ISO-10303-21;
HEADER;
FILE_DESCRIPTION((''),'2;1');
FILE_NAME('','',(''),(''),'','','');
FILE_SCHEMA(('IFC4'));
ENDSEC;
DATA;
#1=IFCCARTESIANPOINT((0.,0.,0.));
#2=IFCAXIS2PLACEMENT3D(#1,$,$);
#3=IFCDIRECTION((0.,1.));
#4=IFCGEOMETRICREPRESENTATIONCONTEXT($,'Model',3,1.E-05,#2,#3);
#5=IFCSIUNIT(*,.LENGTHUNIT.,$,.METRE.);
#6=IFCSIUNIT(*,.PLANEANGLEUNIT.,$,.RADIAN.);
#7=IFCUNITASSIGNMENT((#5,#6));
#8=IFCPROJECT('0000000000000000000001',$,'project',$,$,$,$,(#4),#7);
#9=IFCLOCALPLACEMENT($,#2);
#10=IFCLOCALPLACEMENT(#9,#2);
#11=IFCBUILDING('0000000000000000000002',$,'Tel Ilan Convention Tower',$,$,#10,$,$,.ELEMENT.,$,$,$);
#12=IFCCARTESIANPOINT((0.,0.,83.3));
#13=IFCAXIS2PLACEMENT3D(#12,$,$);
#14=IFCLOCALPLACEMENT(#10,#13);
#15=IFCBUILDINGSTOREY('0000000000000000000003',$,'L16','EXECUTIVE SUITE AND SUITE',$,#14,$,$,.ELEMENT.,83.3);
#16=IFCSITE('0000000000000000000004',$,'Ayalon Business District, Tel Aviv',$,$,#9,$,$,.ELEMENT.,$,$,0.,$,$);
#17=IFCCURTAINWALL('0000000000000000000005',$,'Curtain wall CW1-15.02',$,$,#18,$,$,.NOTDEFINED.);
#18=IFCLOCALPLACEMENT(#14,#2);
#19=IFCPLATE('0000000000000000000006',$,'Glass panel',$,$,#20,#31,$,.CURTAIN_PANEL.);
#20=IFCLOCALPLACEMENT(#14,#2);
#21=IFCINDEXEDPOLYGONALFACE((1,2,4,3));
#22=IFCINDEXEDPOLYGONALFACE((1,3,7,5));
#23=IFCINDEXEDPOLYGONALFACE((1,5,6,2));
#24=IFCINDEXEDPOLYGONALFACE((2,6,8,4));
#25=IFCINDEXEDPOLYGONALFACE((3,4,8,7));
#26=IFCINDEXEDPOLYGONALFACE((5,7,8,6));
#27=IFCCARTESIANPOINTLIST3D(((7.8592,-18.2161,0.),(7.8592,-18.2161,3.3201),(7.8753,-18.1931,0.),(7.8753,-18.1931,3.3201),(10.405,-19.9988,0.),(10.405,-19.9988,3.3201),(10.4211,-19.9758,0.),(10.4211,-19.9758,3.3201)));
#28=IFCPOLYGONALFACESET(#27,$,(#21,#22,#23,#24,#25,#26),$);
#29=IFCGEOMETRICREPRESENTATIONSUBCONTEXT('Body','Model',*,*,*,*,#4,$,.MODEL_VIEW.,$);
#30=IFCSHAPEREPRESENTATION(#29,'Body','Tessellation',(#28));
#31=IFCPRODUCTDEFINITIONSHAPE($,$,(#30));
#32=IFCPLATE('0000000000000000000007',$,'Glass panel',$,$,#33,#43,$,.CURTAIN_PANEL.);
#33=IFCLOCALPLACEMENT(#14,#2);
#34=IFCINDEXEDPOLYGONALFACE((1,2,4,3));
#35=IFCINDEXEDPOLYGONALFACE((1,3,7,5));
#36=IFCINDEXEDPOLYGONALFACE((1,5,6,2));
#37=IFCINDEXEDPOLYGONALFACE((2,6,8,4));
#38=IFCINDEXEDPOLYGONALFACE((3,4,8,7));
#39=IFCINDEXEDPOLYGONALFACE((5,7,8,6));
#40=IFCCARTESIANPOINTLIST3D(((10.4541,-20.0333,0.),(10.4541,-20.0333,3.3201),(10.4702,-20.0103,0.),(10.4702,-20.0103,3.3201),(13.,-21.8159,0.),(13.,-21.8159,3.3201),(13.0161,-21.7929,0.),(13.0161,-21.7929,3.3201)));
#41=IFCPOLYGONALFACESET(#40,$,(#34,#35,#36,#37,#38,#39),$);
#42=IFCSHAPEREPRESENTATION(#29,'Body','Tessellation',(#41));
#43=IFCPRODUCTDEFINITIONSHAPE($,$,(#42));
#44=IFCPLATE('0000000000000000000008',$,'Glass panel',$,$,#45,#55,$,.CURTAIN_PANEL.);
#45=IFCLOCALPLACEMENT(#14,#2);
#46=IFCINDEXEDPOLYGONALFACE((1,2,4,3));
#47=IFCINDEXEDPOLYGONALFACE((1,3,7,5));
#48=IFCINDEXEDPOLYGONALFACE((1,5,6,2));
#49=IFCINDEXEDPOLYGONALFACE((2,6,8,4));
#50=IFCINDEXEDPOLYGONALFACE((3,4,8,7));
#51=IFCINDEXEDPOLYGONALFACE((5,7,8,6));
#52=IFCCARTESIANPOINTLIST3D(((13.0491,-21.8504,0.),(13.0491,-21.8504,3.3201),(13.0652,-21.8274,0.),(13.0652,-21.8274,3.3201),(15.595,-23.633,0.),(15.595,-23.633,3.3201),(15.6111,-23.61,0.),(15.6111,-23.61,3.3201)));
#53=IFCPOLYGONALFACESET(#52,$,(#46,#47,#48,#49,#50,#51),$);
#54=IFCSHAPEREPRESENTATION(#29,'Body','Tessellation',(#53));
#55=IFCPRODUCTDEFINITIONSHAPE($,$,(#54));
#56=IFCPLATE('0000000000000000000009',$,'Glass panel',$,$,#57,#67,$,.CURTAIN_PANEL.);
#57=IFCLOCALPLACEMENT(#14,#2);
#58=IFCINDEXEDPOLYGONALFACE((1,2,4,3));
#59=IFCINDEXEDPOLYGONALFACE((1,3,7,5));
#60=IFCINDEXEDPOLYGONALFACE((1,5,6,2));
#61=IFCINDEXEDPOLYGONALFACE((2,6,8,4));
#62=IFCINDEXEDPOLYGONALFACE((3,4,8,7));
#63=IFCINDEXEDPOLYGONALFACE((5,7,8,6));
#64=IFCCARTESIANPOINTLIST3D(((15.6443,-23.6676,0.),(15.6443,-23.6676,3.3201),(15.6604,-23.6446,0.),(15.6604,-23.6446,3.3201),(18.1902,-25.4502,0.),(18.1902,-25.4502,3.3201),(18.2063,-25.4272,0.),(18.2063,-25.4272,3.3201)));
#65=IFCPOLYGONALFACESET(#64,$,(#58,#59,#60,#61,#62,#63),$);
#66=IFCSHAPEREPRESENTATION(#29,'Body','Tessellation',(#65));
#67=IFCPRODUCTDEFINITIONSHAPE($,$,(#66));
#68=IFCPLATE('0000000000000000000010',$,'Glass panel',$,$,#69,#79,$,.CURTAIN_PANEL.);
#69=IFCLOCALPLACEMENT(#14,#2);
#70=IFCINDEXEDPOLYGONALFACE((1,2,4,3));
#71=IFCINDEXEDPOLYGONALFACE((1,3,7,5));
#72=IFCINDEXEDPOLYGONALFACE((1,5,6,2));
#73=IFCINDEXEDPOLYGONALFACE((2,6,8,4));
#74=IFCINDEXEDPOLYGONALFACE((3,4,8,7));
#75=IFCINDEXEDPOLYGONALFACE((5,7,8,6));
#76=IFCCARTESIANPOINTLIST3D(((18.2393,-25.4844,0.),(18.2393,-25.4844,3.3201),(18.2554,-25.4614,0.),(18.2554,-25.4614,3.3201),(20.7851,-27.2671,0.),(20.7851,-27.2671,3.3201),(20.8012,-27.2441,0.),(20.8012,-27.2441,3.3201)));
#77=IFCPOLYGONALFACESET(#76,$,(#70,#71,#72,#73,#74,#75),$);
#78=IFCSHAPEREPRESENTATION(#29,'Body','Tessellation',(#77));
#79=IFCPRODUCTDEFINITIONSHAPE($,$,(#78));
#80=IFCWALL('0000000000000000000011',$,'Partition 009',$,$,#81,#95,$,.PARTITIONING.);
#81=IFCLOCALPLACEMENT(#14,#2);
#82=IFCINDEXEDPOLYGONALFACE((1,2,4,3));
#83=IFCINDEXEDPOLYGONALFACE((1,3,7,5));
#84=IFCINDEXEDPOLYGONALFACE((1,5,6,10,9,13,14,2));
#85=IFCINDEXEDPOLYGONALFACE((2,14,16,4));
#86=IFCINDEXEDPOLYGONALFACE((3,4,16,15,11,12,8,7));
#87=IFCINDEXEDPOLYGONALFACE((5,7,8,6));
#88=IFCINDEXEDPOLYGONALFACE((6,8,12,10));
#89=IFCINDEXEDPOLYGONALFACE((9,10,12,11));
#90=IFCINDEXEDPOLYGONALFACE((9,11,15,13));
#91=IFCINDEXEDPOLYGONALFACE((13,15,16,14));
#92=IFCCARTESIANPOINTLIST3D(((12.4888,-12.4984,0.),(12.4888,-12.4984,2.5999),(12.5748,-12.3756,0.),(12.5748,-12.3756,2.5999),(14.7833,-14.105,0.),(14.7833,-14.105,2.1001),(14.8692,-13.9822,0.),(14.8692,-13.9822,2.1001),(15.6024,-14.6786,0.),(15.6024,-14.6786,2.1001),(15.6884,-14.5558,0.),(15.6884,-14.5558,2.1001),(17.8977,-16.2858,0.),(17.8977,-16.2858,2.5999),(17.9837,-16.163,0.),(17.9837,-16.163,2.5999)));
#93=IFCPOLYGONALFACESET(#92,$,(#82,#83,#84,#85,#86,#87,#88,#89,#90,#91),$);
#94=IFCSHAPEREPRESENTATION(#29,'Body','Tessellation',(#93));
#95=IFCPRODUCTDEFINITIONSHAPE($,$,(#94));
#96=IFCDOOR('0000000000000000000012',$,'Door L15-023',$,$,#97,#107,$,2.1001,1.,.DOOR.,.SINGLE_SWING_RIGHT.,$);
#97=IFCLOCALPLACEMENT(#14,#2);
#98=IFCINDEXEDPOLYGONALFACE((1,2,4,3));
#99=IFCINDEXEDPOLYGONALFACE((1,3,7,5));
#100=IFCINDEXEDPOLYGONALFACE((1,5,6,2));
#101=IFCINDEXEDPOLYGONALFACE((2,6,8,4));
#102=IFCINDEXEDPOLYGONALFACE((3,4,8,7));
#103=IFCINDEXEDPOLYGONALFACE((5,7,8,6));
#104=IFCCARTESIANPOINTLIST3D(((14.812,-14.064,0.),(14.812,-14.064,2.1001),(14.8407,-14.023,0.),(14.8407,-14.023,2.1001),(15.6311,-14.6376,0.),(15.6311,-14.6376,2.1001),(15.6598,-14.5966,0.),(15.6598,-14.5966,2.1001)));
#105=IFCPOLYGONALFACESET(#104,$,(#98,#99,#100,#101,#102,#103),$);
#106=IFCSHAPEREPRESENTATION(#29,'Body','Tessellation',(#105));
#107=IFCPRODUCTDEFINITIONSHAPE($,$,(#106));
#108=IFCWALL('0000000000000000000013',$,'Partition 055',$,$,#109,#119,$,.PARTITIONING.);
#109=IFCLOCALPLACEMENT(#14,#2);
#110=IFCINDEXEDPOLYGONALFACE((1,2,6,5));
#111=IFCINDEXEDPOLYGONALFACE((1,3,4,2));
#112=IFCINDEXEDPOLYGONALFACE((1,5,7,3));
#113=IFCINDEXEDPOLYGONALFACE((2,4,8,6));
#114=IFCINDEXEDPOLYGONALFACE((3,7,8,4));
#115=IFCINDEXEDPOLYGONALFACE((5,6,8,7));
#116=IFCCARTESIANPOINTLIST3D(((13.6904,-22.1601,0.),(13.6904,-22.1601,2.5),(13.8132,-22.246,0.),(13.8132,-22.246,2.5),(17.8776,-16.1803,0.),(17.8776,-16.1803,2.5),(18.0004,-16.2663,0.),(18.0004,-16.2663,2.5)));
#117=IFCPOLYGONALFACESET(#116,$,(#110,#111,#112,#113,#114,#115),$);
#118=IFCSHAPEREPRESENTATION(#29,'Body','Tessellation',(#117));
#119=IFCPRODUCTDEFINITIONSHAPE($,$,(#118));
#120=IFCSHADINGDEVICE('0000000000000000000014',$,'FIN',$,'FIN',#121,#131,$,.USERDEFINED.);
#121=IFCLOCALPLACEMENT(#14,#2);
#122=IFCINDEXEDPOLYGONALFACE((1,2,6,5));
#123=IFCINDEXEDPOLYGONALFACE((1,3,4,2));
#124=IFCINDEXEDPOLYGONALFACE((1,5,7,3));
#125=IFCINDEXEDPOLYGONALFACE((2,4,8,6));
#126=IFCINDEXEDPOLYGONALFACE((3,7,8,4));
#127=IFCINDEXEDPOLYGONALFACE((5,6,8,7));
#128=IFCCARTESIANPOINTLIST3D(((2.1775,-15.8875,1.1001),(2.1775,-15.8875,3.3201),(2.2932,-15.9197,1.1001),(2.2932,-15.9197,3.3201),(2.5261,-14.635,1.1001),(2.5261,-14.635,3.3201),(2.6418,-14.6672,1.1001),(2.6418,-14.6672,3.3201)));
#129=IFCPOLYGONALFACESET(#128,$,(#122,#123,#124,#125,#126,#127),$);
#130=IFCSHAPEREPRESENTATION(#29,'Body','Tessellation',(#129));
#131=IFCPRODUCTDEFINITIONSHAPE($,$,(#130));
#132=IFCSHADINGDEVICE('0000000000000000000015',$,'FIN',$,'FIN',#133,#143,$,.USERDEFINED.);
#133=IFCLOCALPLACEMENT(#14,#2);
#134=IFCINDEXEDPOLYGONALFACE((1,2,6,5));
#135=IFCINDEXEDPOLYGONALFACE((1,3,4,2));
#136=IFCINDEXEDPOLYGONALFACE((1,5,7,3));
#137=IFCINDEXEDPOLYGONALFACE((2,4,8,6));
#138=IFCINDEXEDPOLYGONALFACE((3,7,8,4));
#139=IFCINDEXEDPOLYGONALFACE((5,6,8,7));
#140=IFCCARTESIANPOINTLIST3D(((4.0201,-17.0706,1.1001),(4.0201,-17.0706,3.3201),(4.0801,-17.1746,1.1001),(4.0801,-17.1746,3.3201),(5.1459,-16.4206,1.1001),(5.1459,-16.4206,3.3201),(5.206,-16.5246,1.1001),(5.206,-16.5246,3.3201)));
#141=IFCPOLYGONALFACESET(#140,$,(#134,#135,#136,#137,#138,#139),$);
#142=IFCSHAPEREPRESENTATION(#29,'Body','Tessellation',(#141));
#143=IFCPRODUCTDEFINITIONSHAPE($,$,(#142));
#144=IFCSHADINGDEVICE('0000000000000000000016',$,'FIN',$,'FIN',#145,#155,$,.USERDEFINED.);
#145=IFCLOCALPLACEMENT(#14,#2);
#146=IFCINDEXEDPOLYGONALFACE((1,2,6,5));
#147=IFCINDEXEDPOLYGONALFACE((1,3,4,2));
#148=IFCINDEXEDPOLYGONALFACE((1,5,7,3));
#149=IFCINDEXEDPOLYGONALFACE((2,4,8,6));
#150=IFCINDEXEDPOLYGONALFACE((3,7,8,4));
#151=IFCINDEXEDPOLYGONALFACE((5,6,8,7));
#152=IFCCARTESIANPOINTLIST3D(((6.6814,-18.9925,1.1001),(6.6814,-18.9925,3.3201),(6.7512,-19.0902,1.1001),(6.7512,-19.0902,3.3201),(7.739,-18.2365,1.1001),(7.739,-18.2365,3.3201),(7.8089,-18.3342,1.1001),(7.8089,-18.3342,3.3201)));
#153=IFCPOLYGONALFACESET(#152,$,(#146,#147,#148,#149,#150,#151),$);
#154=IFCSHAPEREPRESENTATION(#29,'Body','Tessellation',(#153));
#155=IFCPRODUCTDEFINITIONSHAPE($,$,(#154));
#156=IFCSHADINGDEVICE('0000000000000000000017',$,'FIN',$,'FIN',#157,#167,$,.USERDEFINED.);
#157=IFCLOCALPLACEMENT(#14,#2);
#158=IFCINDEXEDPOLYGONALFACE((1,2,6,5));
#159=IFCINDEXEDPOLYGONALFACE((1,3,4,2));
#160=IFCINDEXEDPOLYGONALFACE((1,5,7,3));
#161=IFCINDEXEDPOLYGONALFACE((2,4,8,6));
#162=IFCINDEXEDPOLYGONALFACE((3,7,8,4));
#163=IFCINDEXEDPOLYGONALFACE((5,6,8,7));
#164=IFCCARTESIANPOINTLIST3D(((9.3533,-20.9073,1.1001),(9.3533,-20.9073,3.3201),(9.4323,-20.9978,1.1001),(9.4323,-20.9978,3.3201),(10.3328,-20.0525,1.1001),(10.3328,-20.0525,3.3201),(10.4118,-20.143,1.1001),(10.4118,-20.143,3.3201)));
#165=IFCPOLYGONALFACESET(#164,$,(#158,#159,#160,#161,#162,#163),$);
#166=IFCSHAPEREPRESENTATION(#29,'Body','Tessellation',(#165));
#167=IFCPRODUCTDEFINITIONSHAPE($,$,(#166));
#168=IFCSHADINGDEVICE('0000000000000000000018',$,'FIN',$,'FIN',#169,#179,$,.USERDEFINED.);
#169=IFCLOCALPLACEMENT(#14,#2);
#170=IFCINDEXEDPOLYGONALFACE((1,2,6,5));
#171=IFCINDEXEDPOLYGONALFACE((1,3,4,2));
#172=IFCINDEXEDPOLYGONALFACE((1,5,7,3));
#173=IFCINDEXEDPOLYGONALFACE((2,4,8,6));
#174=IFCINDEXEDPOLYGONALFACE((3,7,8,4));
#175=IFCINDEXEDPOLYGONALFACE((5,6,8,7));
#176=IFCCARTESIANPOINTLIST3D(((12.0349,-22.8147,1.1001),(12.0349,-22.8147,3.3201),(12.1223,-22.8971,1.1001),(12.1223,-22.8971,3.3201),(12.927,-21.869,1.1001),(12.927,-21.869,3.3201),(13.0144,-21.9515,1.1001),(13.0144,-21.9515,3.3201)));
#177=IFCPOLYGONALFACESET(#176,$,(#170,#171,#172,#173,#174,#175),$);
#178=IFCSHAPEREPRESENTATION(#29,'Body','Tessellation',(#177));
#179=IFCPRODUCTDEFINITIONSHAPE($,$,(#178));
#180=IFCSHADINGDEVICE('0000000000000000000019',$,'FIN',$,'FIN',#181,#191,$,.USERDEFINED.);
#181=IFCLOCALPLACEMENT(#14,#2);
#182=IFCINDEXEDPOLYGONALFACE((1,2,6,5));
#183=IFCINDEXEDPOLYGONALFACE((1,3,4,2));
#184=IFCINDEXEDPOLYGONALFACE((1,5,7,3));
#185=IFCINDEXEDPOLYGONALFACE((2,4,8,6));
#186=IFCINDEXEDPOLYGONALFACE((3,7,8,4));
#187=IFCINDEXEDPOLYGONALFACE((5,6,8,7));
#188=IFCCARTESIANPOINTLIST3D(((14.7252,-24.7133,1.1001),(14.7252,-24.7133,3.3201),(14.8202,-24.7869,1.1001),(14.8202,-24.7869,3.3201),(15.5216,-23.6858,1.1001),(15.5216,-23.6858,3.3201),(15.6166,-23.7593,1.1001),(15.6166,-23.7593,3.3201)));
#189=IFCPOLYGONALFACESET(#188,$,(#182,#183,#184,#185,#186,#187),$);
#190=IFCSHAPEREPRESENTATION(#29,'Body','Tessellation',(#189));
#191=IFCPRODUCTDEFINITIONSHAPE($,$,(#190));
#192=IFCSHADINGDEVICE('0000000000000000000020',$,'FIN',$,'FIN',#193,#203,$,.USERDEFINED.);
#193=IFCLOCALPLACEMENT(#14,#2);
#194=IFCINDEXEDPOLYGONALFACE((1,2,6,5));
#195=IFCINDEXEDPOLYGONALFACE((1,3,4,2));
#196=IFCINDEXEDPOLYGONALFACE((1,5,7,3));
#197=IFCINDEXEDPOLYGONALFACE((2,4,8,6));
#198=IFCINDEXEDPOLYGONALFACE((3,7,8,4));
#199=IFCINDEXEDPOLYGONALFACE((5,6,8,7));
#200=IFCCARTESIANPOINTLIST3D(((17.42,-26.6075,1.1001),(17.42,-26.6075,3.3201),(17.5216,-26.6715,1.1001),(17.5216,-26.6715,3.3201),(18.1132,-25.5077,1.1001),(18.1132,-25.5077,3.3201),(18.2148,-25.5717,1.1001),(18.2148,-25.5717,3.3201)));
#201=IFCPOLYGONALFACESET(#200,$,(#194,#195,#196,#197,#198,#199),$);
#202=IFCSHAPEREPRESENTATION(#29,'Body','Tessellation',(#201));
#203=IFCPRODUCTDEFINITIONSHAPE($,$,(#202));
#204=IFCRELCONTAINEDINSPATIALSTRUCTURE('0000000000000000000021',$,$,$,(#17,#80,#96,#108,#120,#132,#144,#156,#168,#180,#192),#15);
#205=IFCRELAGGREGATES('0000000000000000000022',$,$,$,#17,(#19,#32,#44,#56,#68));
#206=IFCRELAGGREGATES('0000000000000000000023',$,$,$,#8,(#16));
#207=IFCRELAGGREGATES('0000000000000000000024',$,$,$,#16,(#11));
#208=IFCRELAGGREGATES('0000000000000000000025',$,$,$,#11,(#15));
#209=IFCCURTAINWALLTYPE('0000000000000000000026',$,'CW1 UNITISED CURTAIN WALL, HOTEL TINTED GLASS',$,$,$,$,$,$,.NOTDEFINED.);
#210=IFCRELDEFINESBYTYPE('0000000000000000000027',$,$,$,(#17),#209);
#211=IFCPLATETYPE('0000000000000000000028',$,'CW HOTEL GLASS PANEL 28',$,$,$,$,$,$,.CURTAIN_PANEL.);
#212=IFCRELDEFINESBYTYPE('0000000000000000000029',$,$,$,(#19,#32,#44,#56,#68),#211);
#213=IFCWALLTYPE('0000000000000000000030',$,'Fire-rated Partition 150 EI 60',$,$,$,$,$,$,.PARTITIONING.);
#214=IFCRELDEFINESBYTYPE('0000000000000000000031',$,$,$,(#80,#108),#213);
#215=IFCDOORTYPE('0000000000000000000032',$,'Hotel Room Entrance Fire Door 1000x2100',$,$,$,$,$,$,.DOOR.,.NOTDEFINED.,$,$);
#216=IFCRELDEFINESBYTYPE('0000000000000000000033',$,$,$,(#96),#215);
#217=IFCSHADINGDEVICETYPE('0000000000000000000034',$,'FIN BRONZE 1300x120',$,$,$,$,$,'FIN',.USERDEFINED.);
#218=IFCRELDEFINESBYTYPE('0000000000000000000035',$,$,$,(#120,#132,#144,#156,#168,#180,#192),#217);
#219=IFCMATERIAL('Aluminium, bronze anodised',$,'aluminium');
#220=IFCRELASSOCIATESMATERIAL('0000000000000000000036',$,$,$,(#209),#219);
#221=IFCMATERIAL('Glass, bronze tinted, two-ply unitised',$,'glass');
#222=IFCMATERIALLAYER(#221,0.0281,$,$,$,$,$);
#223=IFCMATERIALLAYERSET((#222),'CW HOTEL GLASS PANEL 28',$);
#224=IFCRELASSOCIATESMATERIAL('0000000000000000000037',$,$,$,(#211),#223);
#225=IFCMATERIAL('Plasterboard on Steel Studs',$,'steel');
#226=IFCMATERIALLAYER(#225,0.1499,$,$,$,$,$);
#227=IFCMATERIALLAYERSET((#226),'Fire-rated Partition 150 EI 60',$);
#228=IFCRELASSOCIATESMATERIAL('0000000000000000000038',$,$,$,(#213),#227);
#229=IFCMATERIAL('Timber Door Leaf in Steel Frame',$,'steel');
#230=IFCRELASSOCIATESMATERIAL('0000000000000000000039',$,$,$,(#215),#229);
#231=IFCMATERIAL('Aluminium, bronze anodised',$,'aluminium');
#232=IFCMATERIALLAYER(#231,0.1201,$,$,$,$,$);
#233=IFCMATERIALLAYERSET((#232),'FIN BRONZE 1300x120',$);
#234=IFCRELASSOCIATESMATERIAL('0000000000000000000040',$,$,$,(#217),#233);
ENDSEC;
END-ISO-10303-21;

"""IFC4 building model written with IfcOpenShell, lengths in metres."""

from ifc_helpers import new_model, si_unit, direction, frame, frame_2d, origin, origin_2d, place, context, subcontext, project, spatial, rectangle, extrude, material, layer, layer_set, type_object, element, fill, aggregate, save


model = new_model("IFC4")

# Units and contexts
model_context = context("Model", 3, precision=1e-05, world=origin(), true_north=direction((0.0, 1.0)))
body_context = subcontext(model_context, "Body", "Model", "MODEL_VIEW")
ifc_project = project(units=[si_unit("LENGTHUNIT", "METRE"), si_unit("PLANEANGLEUNIT", "RADIAN")], contexts=[model_context])

# Site, building, storey
site_placement = place(None, origin())
site = spatial("IfcSite", under=ifc_project, at=site_placement, Name="Ayalon Business District, Tel Aviv", CompositionType="ELEMENT", RefElevation=0.0)
building_placement = place(site_placement, origin())
building = spatial("IfcBuilding", under=site, at=building_placement, Name="Tel Ilan Convention Tower", CompositionType="ELEMENT")
storey_placement = place(building_placement, frame((0.0, 0.0, 83.3)))
storey = spatial("IfcBuildingStorey", under=building, at=storey_placement, Name="L16", Description="EXECUTIVE SUITE AND SUITE", CompositionType="ELEMENT", Elevation=83.3)

# Curtain wall, plates
ifc_material_1 = material(Name="Aluminium, bronze anodised", Category="aluminium")
curtain_wall_type = type_object("IfcCurtainWallType", Name="CW1 UNITISED CURTAIN WALL, HOTEL TINTED GLASS", PredefinedType="NOTDEFINED", material=ifc_material_1)
curtain_wall_placement = place(storey_placement, origin())
curtain_wall = element("IfcCurtainWall", 1, at=curtain_wall_placement, inside=storey, type_object=curtain_wall_type, Name="Curtain wall CW1-15.02", PredefinedType="NOTDEFINED")
ifc_material_2 = material(Name="Glass, bronze tinted, two-ply unitised", Category="glass")
ifc_layer_1 = layer(ifc_material_2, 0.0281)
ifc_layer_set_1 = layer_set([ifc_layer_1], Name="CW HOTEL GLASS PANEL 28")
plate_type = type_object("IfcPlateType", Name="CW HOTEL GLASS PANEL 28", PredefinedType="CURTAIN_PANEL", material=ifc_layer_set_1)
plate_1_placement = place(storey_placement, frame((9.1401, -19.0959, 0.0), z_axis=(0.0, 0.0, 1.0), x_axis=(0.819152, -0.573576, 0.0)))
plate_1 = element("IfcPlate", 2, at=plate_1_placement, type_object=plate_type, Name="Glass panel", PredefinedType="CURTAIN_PANEL", context=body_context, shape_type="SweptSolid", body=[
    extrude(rectangle(XDim=3.1079, YDim=0.0281, at=origin_2d()), origin(), (0.0, 0.0, 1.0), 3.3201),
])
plate_2_placement = place(storey_placement, frame((11.7351, -20.9131, 0.0), z_axis=(0.0, 0.0, 1.0), x_axis=(0.819152, -0.573576, 0.0)))
plate_2 = element("IfcPlate", 3, at=plate_2_placement, type_object=plate_type, Name="Glass panel", PredefinedType="CURTAIN_PANEL", context=body_context, shape_type="SweptSolid", body=[
    extrude(rectangle(XDim=3.1079, YDim=0.0281, at=origin_2d()), origin(), (0.0, 0.0, 1.0), 3.3201),
])
plate_3_placement = place(storey_placement, frame((14.3301, -22.7302, 0.0), z_axis=(0.0, 0.0, 1.0), x_axis=(0.819152, -0.573576, 0.0)))
plate_3 = element("IfcPlate", 4, at=plate_3_placement, type_object=plate_type, Name="Glass panel", PredefinedType="CURTAIN_PANEL", context=body_context, shape_type="SweptSolid", body=[
    extrude(rectangle(XDim=3.1079, YDim=0.0281, at=origin_2d()), origin(), (0.0, 0.0, 1.0), 3.3201),
])
plate_4_placement = place(storey_placement, frame((16.9253, -24.5474, 0.0), z_axis=(0.0, 0.0, 1.0), x_axis=(0.819152, -0.573576, 0.0)))
plate_4 = element("IfcPlate", 5, at=plate_4_placement, type_object=plate_type, Name="Glass panel", PredefinedType="CURTAIN_PANEL", context=body_context, shape_type="SweptSolid", body=[
    extrude(rectangle(XDim=3.1079, YDim=0.0281, at=origin_2d()), origin(), (0.0, 0.0, 1.0), 3.3201),
])
plate_5_placement = place(storey_placement, frame((19.5203, -26.3643, 0.0), z_axis=(0.0, 0.0, 1.0), x_axis=(0.819152, -0.573576, 0.0)))
plate_5 = element("IfcPlate", 6, at=plate_5_placement, type_object=plate_type, Name="Glass panel", PredefinedType="CURTAIN_PANEL", context=body_context, shape_type="SweptSolid", body=[
    extrude(rectangle(XDim=3.1079, YDim=0.0281, at=origin_2d()), origin(), (0.0, 0.0, 1.0), 3.3201),
])
aggregate(curtain_wall, [plate_1, plate_2, plate_3, plate_4, plate_5])

# Wall, opening, door
ifc_material_3 = material(Name="Plasterboard on Steel Studs", Category="steel")
ifc_layer_2 = layer(ifc_material_3, 0.1499)
ifc_layer_set_2 = layer_set([ifc_layer_2], Name="Fire-rated Partition 150 EI 60")
wall_type = type_object("IfcWallType", Name="Fire-rated Partition 150 EI 60", PredefinedType="PARTITIONING", material=ifc_layer_set_2)
wall_1_placement = place(storey_placement, frame((17.9407, -16.2244, 0.0), z_axis=(0.0, 0.0, 1.0), x_axis=(-0.819154, 0.573574, 0.0)))
wall_1 = element("IfcWall", 7, at=wall_1_placement, inside=storey, type_object=wall_type, Name="Partition 009", PredefinedType="PARTITIONING", context=body_context, shape_type="SweptSolid", body=[
    extrude(rectangle(XDim=6.603, YDim=0.1499, at=frame_2d((3.3015, 0.0))), origin(), (0.0, 0.0, 1.0), 2.5999),
])
opening_placement = place(wall_1_placement, frame((2.802, 0.0, 0.0)))
opening = element("IfcOpeningElement", 8, at=opening_placement, cuts=wall_1, PredefinedType="OPENING", context=body_context, shape_type="SweptSolid", body=[
    extrude(rectangle(XDim=1.0, YDim=2.1001, at=frame_2d((0.5, 1.05))), frame((0.0, 0.085, 0.0), z_axis=(0.0, -1.0, 0.0), x_axis=(1.0, 0.0, 0.0)), (0.0, 0.0, 1.0), 0.1699),
])
ifc_material_4 = material(Name="Timber Door Leaf in Steel Frame", Category="steel")
door_type = type_object("IfcDoorType", Name="Hotel Room Entrance Fire Door 1000x2100", OperationType="NOTDEFINED", PredefinedType="DOOR", material=ifc_material_4)
door_placement = place(opening_placement, origin())
door = element("IfcDoor", 9, at=door_placement, inside=storey, type_object=door_type, Name="Door L15-023", OperationType="SINGLE_SWING_RIGHT", OverallHeight=2.1001, OverallWidth=1.0, PredefinedType="DOOR", context=body_context, shape_type="SweptSolid", body=[
    extrude(rectangle(XDim=1.0, YDim=2.1001, at=frame_2d((0.5, 1.05))), frame((0.0, 0.0249, 0.0), z_axis=(0.0, -1.0, 0.0), x_axis=(1.0, 0.0, 0.0)), (0.0, 0.0, 1.0), 0.05),
])
fill(opening, door)

# Wall
wall_2_placement = place(storey_placement, frame((17.939, -16.2234, 0.0), z_axis=(0.0, 0.0, 1.0), x_axis=(-0.573595, -0.819139, 0.0)))
element("IfcWall", 10, at=wall_2_placement, inside=storey, type_object=wall_type, Name="Partition 055", PredefinedType="PARTITIONING", context=body_context, shape_type="SweptSolid", body=[
    extrude(rectangle(XDim=7.3, YDim=0.1499, at=frame_2d((3.6499, 0.0))), origin(), (0.0, 0.0, 1.0), 2.5),
])

# Shading devices
ifc_material_5 = material(Name="Aluminium, bronze anodised", Category="aluminium")
ifc_layer_3 = layer(ifc_material_5, 0.1201)
ifc_layer_set_3 = layer_set([ifc_layer_3], Name="FIN BRONZE 1300x120")
shading_device_type = type_object("IfcShadingDeviceType", Name="FIN BRONZE 1300x120", ElementType="FIN", PredefinedType="USERDEFINED", material=ifc_layer_set_3)
for number, where, z_axis, x_axis, name in (
    (11, (2.4097, -15.2773, 1.1001), (0.0, 0.0, 1.0), (-0.268173, -0.963371, 0.0), "FIN"),
    (12, (4.613, -16.7976, 1.1001), (0.0, 0.0, 1.0), (-0.866025, -0.5, 0.0), "FIN"),
    (13, (7.2451, -18.6633, 1.1001), (0.0, 0.0, 1.0), (-0.813552, -0.581492, 0.0), "FIN"),
    (14, (9.8826, -20.5251, 1.1001), (0.0, 0.0, 1.0), (-0.753436, -0.657521, 0.0), "FIN"),
    (15, (12.5247, -22.3831, 1.1001), (0.0, 0.0, 1.0), (-0.686242, -0.727374, 0.0), "FIN"),
    (16, (15.1709, -24.2363, 1.1001), (0.0, 0.0, 1.0), (-0.612601, -0.790393, 0.0), "FIN"),
    (17, (17.8174, -26.0896, 1.1001), (0.0, 0.0, 1.0), (-0.533204, -0.845986, 0.0), "FIN"),
):
    element("IfcShadingDevice", number, at=place(storey_placement, frame(where, z_axis=z_axis, x_axis=x_axis)), inside=storey, type_object=shading_device_type, Name=name, ObjectType="FIN", PredefinedType="USERDEFINED", context=body_context, shape_type="SweptSolid", body=[
        extrude(rectangle(XDim=1.3, YDim=0.1201, at=origin_2d()), origin(), (0.0, 0.0, 1.0), 2.22),
    ])

save(model, "model.ifc")
